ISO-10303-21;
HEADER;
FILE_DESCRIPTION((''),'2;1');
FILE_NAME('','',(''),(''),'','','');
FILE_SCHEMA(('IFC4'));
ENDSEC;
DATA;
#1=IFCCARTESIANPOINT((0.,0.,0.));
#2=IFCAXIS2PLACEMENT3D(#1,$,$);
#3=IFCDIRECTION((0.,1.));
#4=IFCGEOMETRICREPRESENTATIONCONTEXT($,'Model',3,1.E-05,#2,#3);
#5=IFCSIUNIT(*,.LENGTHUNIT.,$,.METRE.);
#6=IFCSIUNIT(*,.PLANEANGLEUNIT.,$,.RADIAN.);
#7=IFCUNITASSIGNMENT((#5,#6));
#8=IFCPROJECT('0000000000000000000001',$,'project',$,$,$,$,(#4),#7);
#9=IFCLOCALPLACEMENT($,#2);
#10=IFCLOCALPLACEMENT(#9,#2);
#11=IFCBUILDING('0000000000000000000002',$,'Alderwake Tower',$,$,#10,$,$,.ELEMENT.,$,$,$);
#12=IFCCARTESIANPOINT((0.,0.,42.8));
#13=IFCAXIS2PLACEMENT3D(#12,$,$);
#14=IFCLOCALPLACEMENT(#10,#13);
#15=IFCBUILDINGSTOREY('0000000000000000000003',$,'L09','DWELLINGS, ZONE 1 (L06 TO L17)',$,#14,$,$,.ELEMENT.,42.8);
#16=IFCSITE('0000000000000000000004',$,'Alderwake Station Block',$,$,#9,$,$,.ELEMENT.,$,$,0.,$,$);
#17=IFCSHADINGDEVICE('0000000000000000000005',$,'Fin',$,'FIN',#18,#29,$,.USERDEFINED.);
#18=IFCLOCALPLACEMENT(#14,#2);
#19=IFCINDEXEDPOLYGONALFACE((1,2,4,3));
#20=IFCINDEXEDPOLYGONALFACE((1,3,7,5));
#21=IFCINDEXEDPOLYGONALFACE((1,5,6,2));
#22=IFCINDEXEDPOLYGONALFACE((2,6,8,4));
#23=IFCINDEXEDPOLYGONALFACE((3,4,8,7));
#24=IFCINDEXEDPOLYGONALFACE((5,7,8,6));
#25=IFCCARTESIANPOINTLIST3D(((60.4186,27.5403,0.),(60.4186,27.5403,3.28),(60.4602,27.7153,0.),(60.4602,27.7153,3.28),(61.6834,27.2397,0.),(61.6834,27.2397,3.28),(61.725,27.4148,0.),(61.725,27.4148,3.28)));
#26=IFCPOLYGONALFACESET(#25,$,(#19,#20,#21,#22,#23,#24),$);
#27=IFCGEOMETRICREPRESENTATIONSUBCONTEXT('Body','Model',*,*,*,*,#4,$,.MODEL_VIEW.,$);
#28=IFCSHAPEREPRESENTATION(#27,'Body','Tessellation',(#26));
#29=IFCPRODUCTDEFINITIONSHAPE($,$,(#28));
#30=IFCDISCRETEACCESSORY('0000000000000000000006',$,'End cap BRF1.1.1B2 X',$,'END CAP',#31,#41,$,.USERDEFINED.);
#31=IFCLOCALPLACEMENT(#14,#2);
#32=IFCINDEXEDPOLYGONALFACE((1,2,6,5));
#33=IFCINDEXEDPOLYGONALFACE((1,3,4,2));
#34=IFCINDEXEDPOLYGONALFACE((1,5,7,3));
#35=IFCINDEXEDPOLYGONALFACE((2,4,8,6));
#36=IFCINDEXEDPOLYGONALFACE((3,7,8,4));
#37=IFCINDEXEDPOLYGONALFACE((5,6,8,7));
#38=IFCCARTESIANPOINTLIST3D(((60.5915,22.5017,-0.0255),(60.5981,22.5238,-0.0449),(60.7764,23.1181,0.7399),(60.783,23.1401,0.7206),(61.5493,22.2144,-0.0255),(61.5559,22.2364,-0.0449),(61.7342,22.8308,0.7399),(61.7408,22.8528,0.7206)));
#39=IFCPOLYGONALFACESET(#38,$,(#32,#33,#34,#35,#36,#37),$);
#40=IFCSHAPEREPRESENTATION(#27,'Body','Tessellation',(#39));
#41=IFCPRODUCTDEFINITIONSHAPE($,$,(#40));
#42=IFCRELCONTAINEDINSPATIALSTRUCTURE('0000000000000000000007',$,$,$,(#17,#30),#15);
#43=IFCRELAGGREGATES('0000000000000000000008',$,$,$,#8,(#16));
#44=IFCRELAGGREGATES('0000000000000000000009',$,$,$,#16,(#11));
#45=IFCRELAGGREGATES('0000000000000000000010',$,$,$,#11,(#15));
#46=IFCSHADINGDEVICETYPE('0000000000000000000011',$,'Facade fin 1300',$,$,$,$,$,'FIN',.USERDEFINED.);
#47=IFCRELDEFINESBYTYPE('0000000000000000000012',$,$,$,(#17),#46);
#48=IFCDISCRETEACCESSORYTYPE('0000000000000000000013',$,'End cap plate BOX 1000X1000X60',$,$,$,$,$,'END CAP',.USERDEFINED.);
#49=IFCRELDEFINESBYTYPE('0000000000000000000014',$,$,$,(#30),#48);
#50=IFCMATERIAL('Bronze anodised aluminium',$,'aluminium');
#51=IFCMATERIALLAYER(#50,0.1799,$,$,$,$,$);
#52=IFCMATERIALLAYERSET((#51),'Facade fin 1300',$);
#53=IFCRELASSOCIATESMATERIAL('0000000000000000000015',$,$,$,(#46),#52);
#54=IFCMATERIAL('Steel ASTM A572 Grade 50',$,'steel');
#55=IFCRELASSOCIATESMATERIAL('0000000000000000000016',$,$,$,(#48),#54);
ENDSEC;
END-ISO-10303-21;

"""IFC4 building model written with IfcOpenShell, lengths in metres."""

from ifc_helpers import new_model, si_unit, direction, frame, origin, origin_2d, place, context, subcontext, project, spatial, rectangle, extrude, material, layer, layer_set, material_profile, profile_set, type_object, element, save


model = new_model("IFC4")

# Units and contexts
model_context = context("Model", 3, precision=1e-05, world=origin(), true_north=direction((0.0, 1.0)))
body_context = subcontext(model_context, "Body", "Model", "MODEL_VIEW")
ifc_project = project(units=[si_unit("LENGTHUNIT", "METRE"), si_unit("PLANEANGLEUNIT", "RADIAN")], contexts=[model_context])

# Site, building, storey
site_placement = place(None, origin())
site = spatial("IfcSite", under=ifc_project, at=site_placement, Name="Alderwake Station Block", CompositionType="ELEMENT", RefElevation=0.0)
building_placement = place(site_placement, origin())
building = spatial("IfcBuilding", under=site, at=building_placement, Name="Alderwake Tower", CompositionType="ELEMENT")
storey_placement = place(building_placement, frame((0.0, 0.0, 42.8)))
storey = spatial("IfcBuildingStorey", under=building, at=storey_placement, Name="L09", Description="DWELLINGS, ZONE 1 (L06 TO L17)", CompositionType="ELEMENT", Elevation=42.8)

# Shading device
ifc_material_1 = material(Name="Bronze anodised aluminium", Category="aluminium")
ifc_layer_1 = layer(ifc_material_1, 0.1799)
ifc_layer_set_1 = layer_set([ifc_layer_1], Name="Facade fin 1300")
shading_device_type = type_object("IfcShadingDeviceType", Name="Facade fin 1300", ElementType="FIN", PredefinedType="USERDEFINED", material=ifc_layer_set_1)
for number, where, z_axis, x_axis, name in (
    (1, (61.0718, 27.4775, 0.0), (0.0, 0.0, 1.0), (0.972909, -0.231189, 0.0), "Fin"),
):
    element("IfcShadingDevice", number, at=place(storey_placement, frame(where, z_axis=z_axis, x_axis=x_axis)), inside=storey, type_object=shading_device_type, Name=name, ObjectType="FIN", PredefinedType="USERDEFINED", context=body_context, shape_type="SweptSolid", body=[
        extrude(rectangle(XDim=1.3, YDim=0.1799, at=origin_2d()), origin(), (0.0, 0.0, 1.0), 3.28),
    ])

# Discrete accessory
ifc_material_2 = material(Name="Steel ASTM A572 Grade 50", Category="steel")
ifc_material_profile_1 = material_profile(ifc_material_2, rectangle(XDim=1.0, YDim=1.0, at=origin_2d()), Name="BOX 1000X1000X60 cap")
ifc_profile_set_1 = profile_set([ifc_material_profile_1], Name="Steel ASTM A572 Grade 50")
discrete_accessory_type = type_object("IfcDiscreteAccessoryType", Name="End cap plate BOX 1000X1000X60", ElementType="END CAP", PredefinedType="USERDEFINED", material=ifc_profile_set_1)
discrete_accessory_placement = place(storey_placement, frame((61.1628, 22.6663, 0.3572), z_axis=(0.219941, 0.733138, -0.643532), x_axis=(-0.957826, 0.287348, 0.0)))
element("IfcDiscreteAccessory", 2, at=discrete_accessory_placement, inside=storey, type_object=discrete_accessory_type, Name="End cap BRF1.1.1B2 X", ObjectType="END CAP", PredefinedType="USERDEFINED", context=body_context, shape_type="SweptSolid", body=[
    extrude(rectangle(XDim=1.0, YDim=1.0, at=origin_2d()), origin(), (0.0, 0.0, 1.0), 0.03),
])

save(model, "model.ifc")
